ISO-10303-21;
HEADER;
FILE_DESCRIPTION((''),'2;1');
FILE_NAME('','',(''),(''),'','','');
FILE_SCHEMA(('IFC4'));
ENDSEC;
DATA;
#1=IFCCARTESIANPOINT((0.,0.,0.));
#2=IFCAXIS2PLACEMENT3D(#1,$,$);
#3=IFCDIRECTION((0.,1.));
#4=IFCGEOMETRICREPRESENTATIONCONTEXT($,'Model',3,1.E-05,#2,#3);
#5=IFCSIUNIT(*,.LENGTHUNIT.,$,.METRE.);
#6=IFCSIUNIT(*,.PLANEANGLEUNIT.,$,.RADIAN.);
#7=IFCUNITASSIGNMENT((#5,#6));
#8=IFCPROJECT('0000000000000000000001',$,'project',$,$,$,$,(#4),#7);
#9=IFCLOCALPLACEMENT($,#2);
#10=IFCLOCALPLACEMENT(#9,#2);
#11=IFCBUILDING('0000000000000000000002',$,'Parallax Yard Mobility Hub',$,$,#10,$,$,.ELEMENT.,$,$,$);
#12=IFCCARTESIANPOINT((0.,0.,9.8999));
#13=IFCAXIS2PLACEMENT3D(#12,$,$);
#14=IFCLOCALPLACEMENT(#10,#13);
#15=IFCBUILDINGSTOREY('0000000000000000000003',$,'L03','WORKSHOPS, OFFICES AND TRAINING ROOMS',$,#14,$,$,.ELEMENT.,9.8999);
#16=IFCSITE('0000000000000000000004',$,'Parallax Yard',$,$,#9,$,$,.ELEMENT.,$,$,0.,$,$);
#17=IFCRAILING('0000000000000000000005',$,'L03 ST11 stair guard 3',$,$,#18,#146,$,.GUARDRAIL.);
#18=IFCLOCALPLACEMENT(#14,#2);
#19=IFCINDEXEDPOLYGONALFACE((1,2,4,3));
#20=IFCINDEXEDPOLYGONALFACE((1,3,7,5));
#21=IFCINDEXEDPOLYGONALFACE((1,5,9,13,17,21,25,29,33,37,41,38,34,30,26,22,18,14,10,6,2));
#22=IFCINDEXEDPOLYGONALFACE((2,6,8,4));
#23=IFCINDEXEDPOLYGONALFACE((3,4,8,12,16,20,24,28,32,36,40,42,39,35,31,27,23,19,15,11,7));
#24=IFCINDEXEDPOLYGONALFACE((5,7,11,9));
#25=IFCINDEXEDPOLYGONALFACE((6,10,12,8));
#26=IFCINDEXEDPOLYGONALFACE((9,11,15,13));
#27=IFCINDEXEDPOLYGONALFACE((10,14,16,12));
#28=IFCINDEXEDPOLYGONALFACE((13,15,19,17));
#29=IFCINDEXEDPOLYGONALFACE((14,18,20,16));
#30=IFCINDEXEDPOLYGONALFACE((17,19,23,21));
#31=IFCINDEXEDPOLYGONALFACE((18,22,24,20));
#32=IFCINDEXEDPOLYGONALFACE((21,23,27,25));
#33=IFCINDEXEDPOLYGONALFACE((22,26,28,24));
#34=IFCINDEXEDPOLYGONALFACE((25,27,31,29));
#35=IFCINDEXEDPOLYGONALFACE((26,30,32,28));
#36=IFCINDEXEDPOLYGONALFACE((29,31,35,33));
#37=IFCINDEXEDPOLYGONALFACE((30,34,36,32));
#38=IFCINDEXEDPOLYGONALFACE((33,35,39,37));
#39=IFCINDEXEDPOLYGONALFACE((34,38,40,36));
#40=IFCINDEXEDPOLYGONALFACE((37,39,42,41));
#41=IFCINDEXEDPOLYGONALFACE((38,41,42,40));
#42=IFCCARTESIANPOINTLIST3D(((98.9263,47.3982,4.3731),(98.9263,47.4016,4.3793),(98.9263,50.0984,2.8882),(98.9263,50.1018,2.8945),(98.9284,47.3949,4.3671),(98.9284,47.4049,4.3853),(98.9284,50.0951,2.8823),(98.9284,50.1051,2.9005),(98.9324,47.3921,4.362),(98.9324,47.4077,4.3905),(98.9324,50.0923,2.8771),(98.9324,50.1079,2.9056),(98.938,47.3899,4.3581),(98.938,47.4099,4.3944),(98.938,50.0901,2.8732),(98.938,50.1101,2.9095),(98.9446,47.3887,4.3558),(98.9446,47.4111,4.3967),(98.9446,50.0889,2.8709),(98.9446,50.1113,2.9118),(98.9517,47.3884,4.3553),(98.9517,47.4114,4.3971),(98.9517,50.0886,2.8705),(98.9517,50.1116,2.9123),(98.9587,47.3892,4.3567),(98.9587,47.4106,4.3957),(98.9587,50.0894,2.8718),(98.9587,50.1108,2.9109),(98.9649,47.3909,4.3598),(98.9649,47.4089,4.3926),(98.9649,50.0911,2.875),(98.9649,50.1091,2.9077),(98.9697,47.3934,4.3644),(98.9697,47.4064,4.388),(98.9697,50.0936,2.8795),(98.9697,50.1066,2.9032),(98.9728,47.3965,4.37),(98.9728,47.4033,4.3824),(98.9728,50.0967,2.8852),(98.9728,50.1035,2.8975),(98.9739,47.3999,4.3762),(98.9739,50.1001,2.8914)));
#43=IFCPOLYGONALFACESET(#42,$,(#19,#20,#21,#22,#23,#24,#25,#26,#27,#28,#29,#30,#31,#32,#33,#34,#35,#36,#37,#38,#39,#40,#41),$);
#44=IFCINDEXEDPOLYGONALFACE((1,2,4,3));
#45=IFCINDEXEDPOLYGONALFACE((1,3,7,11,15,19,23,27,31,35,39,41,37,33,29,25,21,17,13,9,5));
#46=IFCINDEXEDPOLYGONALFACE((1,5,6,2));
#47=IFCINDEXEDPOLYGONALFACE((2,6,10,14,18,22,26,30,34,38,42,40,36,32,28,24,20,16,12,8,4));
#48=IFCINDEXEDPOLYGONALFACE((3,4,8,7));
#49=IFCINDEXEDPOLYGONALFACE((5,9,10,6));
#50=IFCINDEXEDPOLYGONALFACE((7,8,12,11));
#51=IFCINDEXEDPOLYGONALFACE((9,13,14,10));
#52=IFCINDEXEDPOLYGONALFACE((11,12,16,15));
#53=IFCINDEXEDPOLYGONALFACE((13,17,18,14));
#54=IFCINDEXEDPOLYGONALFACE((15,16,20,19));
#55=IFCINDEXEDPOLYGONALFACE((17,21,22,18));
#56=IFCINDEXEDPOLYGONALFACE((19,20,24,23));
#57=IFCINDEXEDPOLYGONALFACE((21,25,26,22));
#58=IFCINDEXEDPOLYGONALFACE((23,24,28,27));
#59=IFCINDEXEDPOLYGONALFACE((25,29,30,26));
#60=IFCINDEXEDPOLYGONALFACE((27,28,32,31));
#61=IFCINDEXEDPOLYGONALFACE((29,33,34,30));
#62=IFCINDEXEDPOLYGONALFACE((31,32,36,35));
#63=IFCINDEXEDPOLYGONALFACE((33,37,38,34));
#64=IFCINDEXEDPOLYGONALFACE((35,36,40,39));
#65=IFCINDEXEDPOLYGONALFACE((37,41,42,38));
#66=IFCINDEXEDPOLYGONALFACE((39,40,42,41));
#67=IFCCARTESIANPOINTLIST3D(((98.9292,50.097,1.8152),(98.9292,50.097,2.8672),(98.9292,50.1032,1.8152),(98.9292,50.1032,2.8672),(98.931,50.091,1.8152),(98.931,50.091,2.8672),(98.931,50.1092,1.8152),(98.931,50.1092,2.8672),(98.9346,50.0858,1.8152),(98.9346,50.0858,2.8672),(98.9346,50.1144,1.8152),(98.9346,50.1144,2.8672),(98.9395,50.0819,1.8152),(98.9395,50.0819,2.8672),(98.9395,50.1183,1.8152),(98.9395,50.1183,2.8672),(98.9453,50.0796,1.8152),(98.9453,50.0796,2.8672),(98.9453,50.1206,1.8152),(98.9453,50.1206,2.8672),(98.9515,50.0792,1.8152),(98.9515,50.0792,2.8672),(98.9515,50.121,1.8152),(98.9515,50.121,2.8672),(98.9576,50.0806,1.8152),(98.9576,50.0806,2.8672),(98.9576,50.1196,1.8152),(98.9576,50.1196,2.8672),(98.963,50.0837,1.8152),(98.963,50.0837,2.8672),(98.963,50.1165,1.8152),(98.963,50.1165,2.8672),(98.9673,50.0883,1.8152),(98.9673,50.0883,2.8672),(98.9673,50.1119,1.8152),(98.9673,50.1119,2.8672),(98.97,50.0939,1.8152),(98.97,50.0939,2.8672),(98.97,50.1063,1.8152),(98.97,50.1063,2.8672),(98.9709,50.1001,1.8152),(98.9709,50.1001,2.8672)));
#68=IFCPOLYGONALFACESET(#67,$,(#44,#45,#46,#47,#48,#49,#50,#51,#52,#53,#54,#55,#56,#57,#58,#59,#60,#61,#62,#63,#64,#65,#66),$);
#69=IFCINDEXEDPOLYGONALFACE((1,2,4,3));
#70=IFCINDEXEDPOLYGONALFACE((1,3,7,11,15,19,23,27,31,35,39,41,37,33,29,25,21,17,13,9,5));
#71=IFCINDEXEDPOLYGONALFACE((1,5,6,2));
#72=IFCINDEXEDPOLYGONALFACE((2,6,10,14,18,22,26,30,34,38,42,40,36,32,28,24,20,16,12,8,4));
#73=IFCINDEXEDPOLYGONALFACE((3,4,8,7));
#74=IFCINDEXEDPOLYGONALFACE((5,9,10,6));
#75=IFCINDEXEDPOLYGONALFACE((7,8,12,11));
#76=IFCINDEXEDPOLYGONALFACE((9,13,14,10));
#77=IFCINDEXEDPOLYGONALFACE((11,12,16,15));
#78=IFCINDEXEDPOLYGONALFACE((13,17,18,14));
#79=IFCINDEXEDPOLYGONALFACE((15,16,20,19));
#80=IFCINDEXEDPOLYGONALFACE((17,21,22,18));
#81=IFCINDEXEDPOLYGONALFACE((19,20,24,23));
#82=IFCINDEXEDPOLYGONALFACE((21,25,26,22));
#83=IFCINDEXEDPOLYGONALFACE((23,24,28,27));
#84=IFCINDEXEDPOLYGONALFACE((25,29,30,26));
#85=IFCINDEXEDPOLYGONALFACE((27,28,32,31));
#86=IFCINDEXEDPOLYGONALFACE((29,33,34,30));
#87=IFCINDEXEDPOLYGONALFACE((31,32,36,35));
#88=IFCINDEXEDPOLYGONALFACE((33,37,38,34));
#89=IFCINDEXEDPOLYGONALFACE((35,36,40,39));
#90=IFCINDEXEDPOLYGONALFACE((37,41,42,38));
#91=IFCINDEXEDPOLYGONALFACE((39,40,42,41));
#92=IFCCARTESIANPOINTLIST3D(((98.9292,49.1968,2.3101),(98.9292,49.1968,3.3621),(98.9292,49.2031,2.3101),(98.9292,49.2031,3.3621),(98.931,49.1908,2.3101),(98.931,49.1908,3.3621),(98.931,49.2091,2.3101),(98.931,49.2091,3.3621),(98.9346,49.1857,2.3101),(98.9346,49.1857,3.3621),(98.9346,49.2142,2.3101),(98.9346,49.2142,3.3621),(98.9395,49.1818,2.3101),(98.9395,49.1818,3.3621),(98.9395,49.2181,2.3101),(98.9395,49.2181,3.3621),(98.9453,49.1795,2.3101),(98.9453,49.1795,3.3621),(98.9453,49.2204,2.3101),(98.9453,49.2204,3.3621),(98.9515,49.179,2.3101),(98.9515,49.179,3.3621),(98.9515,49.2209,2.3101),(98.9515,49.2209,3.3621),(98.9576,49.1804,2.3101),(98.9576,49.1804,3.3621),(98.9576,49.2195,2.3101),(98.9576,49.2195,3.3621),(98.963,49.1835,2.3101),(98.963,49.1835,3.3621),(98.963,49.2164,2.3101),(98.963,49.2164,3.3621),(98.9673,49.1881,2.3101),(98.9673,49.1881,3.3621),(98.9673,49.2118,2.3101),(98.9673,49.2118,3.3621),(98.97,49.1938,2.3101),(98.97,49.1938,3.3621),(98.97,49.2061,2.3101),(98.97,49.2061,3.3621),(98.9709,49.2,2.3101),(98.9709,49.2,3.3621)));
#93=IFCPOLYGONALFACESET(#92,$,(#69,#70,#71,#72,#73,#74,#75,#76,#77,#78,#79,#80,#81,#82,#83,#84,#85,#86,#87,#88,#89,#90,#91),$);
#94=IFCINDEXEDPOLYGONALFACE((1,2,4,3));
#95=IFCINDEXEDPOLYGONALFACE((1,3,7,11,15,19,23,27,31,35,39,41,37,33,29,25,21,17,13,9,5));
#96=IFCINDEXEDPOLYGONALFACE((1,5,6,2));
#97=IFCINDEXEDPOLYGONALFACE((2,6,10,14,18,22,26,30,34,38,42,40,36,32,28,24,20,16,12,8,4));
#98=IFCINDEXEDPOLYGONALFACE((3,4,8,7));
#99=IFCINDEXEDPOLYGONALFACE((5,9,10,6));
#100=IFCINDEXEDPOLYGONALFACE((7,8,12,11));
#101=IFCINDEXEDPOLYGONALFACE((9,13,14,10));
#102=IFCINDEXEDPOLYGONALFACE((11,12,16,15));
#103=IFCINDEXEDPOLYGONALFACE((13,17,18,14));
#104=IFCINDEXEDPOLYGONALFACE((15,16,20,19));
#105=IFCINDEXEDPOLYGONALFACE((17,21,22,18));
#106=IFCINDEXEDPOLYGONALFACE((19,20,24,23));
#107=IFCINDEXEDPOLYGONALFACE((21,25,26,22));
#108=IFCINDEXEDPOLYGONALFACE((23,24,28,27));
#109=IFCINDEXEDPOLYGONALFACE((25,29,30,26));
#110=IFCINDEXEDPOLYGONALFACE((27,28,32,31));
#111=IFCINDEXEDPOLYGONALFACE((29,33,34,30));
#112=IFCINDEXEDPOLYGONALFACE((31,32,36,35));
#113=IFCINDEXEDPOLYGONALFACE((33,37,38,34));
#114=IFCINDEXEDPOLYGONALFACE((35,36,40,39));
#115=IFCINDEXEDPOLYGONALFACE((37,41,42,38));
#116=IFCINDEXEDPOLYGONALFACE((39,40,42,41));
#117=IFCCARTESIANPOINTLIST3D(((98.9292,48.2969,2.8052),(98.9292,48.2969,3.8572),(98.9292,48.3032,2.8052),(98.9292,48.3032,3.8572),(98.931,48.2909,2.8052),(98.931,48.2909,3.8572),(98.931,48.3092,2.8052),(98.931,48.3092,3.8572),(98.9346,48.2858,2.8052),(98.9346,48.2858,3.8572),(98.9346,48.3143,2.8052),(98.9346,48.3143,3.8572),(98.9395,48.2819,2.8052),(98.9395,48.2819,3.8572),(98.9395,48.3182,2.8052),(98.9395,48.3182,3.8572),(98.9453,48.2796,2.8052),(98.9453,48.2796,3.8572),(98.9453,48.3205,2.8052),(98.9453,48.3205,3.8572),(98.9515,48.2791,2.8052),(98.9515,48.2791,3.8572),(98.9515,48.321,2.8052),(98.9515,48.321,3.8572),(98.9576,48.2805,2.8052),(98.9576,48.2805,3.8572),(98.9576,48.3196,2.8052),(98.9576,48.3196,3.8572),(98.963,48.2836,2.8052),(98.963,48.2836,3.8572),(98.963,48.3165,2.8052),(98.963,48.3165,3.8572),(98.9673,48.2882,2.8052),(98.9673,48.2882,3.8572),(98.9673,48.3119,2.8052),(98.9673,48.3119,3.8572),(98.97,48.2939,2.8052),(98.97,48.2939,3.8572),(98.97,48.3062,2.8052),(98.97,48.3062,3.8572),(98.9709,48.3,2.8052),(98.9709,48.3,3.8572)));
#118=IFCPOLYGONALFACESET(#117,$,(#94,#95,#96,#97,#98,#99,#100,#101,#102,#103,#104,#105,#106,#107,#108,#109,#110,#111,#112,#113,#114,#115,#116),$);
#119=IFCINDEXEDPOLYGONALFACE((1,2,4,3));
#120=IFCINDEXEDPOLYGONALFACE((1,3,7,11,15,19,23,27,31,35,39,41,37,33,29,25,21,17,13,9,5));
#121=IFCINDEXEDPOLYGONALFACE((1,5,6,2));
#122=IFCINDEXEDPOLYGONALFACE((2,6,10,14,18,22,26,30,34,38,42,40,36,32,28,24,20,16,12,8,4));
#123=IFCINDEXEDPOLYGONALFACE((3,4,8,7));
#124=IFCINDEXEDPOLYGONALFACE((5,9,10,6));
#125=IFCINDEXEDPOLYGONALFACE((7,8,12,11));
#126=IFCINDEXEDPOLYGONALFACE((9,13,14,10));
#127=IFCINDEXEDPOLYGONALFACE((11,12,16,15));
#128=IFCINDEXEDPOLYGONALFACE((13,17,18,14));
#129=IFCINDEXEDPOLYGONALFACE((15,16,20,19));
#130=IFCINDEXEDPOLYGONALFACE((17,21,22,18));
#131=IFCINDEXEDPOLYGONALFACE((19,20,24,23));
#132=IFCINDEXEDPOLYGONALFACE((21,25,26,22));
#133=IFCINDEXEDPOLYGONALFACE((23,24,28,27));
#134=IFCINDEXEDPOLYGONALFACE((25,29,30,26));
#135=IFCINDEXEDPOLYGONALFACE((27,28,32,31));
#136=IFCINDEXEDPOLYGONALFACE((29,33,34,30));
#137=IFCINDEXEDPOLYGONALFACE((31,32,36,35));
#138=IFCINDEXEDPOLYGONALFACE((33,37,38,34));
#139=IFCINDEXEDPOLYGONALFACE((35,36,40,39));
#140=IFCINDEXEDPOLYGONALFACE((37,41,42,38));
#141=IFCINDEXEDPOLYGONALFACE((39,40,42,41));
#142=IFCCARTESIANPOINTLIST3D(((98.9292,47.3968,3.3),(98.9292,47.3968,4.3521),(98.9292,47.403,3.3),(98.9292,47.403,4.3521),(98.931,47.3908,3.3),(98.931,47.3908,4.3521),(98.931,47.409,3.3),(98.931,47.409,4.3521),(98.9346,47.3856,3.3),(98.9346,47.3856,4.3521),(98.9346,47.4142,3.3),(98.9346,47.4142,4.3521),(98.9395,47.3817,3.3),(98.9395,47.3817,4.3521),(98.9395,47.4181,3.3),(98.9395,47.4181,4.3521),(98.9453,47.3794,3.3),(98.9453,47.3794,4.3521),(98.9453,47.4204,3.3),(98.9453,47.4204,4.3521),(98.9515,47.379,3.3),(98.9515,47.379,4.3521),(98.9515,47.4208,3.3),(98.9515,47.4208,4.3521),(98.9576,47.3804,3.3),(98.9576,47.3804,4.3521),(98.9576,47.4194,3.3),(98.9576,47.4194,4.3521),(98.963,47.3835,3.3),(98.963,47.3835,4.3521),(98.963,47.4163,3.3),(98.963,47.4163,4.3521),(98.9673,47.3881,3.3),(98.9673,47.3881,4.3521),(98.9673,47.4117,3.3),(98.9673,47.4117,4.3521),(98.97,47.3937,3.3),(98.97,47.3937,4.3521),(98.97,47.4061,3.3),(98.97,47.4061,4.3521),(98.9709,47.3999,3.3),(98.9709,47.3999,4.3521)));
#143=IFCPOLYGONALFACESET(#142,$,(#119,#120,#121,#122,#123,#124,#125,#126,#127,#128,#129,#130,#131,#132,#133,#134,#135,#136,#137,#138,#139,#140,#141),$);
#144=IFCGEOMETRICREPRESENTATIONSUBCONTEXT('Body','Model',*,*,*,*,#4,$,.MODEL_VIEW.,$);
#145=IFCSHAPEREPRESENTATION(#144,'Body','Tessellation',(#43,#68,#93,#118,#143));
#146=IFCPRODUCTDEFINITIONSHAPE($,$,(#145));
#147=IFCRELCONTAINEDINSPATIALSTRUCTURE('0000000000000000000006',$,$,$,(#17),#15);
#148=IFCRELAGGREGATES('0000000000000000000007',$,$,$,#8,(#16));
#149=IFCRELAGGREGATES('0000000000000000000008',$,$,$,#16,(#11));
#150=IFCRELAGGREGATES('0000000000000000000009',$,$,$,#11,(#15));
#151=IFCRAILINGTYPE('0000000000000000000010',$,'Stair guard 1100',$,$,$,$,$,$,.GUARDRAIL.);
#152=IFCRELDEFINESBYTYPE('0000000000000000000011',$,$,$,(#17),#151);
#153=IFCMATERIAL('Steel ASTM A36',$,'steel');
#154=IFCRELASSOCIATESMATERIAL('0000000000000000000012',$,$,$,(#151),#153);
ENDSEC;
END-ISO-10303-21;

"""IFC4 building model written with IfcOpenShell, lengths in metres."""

from ifc_helpers import new_model, si_unit, direction, frame, origin, origin_2d, place, context, subcontext, project, spatial, circle, extrude, material, type_object, element, save


model = new_model("IFC4")

# Units and contexts
model_context = context("Model", 3, precision=1e-05, world=origin(), true_north=direction((0.0, 1.0)))
body_context = subcontext(model_context, "Body", "Model", "MODEL_VIEW")
ifc_project = project(units=[si_unit("LENGTHUNIT", "METRE"), si_unit("PLANEANGLEUNIT", "RADIAN")], contexts=[model_context])

# Site, building, storey
site_placement = place(None, origin())
site = spatial("IfcSite", under=ifc_project, at=site_placement, Name="Parallax Yard", CompositionType="ELEMENT", RefElevation=0.0)
building_placement = place(site_placement, origin())
building = spatial("IfcBuilding", under=site, at=building_placement, Name="Parallax Yard Mobility Hub", CompositionType="ELEMENT")
storey_placement = place(building_placement, frame((0.0, 0.0, 9.8999)))
storey = spatial("IfcBuildingStorey", under=building, at=storey_placement, Name="L03", Description="WORKSHOPS, OFFICES AND TRAINING ROOMS", CompositionType="ELEMENT", Elevation=9.8999)

# Railing
ifc_material_1 = material(Name="Steel ASTM A36", Category="steel")
railing_type_1 = type_object("IfcRailingType", Name="Stair guard 1100", PredefinedType="GUARDRAIL", material=ifc_material_1)
railing_1_placement = place(storey_placement, frame((98.95, 50.1001, 1.8152)))
element("IfcRailing", 1, at=railing_1_placement, inside=storey, type_object=railing_type_1, Name="L03 ST11 stair guard 3", PredefinedType="GUARDRAIL", context=body_context, shape_type="SweptSolid", body=[
    extrude(circle(Radius=0.0239, at=origin_2d()), frame((0.0, 0.0, 1.0762), z_axis=(0.0, -0.876249, 0.481858), x_axis=(1.0, 0.0, 0.0)), (0.0, 0.0, 1.0), 3.0815),
    extrude(circle(Radius=0.021, at=origin_2d()), origin(), (0.0, 0.0, 1.0), 1.052),
    extrude(circle(Radius=0.021, at=origin_2d()), frame((0.0, -0.9001, 0.4949)), (0.0, 0.0, 1.0), 1.052),
    extrude(circle(Radius=0.021, at=origin_2d()), frame((0.0, -1.8, 0.99)), (0.0, 0.0, 1.0), 1.052),
    extrude(circle(Radius=0.021, at=origin_2d()), frame((0.0, -2.7002, 1.4849)), (0.0, 0.0, 1.0), 1.052),
])

save(model, "model.ifc")
